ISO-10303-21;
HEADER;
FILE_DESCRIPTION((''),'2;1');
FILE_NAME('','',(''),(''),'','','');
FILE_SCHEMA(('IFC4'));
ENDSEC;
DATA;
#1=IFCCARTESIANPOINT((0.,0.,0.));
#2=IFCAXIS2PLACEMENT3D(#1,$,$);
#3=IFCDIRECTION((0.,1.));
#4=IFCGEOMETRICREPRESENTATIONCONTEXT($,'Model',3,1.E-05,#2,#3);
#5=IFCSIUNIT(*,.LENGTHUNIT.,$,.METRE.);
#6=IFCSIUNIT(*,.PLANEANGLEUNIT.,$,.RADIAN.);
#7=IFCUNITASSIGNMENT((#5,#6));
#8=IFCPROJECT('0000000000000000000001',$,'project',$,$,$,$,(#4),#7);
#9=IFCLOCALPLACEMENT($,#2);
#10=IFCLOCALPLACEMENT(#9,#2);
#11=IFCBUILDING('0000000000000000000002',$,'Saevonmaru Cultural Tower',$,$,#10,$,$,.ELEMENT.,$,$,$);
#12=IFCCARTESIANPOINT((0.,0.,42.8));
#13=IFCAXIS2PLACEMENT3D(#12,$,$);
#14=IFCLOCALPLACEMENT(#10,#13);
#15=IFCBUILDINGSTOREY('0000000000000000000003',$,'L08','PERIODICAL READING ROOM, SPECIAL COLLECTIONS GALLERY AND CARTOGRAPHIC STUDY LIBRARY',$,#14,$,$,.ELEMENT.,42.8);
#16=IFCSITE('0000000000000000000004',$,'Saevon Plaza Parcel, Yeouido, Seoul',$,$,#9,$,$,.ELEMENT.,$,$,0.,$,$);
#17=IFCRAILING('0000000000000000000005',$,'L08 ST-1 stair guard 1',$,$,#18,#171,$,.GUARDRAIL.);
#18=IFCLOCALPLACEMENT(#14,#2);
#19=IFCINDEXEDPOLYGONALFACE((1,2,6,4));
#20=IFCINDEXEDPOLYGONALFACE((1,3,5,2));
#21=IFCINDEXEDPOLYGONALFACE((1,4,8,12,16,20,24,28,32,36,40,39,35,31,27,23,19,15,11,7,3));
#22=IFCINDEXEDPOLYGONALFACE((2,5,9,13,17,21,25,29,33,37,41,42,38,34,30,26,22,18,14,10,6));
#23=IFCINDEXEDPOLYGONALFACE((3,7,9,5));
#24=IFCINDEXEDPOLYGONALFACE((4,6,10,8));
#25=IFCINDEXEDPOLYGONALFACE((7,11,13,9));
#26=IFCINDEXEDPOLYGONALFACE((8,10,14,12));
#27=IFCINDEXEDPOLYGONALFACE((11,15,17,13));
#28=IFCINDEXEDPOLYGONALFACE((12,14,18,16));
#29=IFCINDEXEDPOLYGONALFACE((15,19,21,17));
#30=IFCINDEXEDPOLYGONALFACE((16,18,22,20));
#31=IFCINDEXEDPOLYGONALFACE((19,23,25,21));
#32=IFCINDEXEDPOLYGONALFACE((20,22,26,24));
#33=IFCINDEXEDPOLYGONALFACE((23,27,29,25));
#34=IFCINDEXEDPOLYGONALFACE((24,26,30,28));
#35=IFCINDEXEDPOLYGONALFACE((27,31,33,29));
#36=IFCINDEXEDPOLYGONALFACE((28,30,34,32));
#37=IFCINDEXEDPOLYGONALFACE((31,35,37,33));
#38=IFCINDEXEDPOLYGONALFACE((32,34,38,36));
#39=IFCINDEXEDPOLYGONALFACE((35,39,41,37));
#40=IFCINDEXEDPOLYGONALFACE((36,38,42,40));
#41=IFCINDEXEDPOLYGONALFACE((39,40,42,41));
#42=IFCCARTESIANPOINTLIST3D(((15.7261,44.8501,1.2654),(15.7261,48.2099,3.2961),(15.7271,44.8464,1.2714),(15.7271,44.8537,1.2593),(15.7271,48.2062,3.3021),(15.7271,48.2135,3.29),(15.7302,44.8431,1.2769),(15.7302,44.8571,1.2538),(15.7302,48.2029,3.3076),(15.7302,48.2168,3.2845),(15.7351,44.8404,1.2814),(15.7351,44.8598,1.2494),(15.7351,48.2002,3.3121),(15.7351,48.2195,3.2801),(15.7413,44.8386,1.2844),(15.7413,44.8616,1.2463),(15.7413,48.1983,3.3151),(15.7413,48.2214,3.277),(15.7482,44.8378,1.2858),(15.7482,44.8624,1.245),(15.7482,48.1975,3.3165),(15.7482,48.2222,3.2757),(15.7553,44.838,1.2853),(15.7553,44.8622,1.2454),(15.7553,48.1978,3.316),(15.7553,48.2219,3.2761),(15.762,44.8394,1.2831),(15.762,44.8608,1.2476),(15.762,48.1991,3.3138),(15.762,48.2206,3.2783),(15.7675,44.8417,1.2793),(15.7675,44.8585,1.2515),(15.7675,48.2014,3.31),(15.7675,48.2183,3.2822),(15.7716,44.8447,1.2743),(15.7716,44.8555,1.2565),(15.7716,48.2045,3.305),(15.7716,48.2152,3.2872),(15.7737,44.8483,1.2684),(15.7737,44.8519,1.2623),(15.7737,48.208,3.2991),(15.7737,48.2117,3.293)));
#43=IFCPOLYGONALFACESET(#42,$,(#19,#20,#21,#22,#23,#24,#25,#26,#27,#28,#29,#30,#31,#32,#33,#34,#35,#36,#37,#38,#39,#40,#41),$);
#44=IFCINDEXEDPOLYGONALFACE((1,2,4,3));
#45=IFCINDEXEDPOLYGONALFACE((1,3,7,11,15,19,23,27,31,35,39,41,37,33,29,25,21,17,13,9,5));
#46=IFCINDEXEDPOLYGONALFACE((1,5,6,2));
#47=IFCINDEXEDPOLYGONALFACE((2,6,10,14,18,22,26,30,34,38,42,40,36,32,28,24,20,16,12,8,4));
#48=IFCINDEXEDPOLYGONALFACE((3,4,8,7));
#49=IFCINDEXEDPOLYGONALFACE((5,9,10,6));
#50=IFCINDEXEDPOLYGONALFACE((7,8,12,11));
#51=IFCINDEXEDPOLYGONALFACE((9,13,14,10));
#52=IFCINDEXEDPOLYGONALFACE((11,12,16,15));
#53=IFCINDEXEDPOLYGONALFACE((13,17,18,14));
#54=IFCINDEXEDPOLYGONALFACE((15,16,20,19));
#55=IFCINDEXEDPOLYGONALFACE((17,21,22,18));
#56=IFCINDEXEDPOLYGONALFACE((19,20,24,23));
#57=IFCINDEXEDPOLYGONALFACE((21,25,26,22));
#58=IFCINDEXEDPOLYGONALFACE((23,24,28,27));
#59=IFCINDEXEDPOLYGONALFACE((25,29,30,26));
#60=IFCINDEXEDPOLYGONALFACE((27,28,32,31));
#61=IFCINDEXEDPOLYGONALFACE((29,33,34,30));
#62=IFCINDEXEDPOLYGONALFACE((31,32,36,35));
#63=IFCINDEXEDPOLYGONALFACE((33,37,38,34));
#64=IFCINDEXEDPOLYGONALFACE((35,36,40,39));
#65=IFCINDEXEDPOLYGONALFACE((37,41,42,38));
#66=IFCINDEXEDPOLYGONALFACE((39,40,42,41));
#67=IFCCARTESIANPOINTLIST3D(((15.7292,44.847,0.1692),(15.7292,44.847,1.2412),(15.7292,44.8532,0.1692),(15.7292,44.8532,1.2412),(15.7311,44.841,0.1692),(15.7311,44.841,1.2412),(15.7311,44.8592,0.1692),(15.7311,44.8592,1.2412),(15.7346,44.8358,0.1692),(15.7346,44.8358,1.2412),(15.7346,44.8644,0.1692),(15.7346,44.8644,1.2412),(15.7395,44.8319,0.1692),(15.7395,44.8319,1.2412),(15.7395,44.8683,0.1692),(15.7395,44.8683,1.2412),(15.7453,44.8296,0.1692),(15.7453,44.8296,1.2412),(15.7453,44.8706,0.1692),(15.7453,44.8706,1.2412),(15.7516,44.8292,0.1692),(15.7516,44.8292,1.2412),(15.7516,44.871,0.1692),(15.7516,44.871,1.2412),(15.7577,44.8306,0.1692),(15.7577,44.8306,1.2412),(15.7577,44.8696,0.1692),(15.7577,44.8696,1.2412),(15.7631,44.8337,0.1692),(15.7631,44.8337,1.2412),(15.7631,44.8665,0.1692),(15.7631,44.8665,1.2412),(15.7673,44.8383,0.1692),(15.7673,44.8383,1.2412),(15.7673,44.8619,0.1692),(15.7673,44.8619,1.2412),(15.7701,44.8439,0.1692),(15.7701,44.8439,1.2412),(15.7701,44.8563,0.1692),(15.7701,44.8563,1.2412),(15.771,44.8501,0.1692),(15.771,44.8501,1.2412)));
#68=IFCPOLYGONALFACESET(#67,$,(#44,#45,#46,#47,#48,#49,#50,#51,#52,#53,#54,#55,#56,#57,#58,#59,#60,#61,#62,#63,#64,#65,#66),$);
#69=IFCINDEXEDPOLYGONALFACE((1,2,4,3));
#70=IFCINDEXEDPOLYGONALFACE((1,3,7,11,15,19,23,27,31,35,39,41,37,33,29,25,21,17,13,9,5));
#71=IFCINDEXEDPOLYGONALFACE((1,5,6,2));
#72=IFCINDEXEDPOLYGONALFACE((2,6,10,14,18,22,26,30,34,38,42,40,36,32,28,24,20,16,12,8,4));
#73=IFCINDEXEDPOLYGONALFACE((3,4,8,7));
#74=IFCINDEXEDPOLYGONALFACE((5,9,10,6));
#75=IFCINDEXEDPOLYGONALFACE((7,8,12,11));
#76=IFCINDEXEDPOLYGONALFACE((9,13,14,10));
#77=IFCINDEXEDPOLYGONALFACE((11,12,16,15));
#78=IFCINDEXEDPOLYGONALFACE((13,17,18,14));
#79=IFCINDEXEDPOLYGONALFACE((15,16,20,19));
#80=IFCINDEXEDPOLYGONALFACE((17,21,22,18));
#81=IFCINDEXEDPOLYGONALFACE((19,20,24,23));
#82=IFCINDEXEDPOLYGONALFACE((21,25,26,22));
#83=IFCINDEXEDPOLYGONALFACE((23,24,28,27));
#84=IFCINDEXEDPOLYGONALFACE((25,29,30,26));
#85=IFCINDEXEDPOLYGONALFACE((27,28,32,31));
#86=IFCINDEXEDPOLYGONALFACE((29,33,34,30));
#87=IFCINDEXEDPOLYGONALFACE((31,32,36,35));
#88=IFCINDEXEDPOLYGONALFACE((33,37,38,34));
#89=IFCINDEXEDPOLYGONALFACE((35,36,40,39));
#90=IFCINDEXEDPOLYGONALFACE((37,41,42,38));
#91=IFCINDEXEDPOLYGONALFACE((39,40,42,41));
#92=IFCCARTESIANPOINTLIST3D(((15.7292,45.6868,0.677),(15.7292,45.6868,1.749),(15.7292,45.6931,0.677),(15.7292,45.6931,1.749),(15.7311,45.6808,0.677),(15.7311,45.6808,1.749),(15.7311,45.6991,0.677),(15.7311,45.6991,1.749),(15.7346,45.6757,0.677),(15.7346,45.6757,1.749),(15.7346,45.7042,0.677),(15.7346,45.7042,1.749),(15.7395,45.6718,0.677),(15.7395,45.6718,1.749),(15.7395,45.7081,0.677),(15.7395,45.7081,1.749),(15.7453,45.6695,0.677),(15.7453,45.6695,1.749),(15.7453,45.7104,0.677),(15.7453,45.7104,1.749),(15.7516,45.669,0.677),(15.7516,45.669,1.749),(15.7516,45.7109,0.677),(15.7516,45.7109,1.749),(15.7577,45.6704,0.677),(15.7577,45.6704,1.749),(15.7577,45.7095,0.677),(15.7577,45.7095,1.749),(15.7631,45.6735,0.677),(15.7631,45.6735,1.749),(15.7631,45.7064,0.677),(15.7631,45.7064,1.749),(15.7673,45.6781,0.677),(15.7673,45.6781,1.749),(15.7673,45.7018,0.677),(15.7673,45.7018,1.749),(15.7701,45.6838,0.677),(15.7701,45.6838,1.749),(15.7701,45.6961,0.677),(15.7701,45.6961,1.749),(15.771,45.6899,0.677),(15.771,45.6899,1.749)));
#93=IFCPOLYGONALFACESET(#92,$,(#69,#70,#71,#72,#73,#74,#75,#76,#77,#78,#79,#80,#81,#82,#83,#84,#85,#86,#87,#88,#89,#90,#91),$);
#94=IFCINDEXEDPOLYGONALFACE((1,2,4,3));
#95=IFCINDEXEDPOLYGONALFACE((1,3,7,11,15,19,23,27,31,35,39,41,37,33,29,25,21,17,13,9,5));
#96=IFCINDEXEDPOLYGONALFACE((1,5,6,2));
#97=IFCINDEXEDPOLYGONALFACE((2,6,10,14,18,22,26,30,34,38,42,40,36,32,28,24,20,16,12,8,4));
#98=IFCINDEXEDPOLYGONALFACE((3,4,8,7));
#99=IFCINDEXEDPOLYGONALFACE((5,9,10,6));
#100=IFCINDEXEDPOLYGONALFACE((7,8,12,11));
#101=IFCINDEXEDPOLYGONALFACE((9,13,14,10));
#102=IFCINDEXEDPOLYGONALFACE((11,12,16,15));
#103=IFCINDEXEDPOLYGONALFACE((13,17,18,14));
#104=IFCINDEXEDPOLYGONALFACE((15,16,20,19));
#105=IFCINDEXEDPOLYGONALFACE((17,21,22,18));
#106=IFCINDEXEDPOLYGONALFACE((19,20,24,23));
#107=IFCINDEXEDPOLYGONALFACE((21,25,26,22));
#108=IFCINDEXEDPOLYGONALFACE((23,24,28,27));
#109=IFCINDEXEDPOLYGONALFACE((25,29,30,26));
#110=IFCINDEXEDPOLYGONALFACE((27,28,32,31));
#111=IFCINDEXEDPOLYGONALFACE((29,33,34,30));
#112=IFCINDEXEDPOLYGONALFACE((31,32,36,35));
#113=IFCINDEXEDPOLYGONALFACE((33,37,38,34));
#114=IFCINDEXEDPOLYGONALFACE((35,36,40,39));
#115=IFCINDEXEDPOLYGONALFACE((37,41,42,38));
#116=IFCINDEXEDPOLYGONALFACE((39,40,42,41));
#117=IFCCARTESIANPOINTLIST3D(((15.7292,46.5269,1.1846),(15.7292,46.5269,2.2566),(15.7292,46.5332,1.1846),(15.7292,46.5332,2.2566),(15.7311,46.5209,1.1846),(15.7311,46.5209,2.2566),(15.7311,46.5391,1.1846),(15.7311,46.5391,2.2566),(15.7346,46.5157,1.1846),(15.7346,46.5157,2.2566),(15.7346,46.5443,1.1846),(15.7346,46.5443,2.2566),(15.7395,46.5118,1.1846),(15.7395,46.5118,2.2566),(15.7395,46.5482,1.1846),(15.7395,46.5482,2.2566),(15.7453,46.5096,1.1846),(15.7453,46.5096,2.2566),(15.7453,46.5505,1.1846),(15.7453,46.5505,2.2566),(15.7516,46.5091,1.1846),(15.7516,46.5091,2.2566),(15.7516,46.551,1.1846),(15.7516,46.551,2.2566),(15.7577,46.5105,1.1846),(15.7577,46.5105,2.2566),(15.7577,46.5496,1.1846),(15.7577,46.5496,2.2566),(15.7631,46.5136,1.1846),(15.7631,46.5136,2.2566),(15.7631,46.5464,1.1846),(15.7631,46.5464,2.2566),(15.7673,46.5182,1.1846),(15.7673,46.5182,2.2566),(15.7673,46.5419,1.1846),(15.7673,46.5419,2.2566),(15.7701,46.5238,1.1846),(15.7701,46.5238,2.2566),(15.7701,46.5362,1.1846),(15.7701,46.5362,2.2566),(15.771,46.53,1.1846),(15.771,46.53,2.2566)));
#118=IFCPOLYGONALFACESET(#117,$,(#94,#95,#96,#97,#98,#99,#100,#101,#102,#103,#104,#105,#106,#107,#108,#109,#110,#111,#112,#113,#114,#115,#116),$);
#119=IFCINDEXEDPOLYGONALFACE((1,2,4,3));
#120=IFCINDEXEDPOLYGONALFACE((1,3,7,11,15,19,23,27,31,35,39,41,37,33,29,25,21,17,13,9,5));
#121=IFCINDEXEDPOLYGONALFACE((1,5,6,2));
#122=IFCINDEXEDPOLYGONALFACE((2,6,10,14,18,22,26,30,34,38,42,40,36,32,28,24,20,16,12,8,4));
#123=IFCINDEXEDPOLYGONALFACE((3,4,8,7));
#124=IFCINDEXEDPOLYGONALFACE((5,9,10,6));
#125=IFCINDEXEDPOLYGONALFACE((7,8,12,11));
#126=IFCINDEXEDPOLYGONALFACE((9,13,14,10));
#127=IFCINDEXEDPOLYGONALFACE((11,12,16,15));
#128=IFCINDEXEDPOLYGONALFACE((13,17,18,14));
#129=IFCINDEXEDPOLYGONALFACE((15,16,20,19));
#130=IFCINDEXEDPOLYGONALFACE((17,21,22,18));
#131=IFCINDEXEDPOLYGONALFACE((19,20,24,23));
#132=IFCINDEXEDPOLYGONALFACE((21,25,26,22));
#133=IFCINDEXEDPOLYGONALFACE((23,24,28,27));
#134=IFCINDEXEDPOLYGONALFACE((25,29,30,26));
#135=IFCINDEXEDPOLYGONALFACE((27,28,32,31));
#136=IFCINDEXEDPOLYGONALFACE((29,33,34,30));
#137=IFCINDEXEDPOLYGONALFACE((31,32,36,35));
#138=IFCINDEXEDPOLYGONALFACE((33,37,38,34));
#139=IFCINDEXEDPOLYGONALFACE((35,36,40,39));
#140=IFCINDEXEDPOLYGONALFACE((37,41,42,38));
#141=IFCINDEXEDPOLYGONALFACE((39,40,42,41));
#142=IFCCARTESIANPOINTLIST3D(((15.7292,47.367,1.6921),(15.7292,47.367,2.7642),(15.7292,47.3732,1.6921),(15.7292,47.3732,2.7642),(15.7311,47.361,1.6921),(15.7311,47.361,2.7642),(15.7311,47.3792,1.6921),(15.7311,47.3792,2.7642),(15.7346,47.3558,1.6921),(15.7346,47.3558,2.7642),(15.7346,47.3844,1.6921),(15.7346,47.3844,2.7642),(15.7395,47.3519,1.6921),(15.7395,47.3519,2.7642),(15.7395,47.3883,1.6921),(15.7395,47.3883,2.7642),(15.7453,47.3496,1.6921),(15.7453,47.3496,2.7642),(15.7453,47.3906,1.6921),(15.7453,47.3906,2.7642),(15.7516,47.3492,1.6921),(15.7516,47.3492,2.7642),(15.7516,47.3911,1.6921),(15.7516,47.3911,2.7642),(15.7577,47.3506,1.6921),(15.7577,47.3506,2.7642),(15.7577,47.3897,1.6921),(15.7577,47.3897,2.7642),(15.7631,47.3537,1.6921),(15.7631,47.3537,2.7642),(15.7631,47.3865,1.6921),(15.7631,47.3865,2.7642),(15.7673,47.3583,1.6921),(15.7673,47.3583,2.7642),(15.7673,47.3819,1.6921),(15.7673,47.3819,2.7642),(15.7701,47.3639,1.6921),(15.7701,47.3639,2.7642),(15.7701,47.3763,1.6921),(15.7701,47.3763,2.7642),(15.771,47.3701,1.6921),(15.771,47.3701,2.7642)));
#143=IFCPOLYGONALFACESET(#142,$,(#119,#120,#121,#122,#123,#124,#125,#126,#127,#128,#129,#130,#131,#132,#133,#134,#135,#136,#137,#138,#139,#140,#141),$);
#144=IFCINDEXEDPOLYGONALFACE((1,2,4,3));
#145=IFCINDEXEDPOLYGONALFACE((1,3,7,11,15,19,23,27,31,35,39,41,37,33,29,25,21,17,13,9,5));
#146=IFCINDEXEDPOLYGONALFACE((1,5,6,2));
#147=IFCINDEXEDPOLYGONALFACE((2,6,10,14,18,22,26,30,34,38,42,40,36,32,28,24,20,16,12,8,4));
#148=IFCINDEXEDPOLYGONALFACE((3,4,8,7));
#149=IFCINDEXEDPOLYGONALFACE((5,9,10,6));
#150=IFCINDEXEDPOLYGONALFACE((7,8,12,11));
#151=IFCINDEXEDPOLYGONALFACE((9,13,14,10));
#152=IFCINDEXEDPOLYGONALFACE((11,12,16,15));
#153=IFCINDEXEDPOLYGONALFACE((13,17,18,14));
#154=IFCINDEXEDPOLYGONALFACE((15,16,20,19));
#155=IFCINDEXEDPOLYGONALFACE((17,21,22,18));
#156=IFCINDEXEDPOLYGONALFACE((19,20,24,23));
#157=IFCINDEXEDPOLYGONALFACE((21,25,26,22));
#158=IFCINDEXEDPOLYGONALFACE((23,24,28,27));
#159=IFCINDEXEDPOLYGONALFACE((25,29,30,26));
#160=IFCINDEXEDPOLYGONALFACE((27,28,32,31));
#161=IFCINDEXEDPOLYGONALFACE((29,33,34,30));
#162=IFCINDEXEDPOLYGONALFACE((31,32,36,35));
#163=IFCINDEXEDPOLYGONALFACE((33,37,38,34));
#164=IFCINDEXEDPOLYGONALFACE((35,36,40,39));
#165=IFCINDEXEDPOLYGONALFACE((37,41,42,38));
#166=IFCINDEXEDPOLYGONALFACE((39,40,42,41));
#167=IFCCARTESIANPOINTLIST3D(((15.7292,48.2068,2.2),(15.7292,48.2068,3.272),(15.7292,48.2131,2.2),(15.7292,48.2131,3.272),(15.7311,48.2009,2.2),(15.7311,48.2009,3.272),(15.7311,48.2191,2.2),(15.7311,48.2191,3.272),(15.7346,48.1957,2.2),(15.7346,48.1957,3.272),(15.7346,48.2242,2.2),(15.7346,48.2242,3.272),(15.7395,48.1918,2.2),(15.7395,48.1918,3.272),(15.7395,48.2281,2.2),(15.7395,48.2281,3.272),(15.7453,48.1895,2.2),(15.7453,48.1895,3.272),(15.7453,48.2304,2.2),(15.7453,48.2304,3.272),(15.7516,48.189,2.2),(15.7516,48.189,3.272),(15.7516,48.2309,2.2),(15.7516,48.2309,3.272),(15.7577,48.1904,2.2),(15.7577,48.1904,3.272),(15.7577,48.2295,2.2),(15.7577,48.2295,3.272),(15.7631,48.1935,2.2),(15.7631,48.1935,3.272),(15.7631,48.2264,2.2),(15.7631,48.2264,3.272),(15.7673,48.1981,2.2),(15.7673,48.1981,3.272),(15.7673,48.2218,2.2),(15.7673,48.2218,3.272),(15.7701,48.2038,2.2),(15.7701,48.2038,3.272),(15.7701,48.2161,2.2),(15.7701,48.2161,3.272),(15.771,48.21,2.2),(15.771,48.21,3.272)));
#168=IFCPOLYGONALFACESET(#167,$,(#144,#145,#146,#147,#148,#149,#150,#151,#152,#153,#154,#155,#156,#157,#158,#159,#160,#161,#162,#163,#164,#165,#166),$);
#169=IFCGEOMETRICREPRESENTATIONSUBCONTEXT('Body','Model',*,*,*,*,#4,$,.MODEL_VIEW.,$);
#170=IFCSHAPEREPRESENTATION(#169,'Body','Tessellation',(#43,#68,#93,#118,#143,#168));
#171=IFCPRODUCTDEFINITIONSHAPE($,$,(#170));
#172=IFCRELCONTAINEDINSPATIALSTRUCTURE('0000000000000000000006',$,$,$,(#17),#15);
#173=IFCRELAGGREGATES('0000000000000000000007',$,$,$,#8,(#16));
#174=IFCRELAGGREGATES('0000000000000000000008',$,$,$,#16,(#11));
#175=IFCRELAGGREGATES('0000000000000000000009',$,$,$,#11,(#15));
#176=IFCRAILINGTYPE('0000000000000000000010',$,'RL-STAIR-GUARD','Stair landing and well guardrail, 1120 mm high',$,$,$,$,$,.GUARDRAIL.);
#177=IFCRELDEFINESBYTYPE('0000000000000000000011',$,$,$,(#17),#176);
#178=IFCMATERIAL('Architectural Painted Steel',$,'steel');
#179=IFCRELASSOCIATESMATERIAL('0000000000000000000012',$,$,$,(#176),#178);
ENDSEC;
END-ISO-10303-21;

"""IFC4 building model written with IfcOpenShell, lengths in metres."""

from ifc_helpers import new_model, si_unit, direction, frame, origin, origin_2d, place, context, subcontext, project, spatial, circle, extrude, material, type_object, element, save


model = new_model("IFC4")

# Units and contexts
model_context = context("Model", 3, precision=1e-05, world=origin(), true_north=direction((0.0, 1.0)))
body_context = subcontext(model_context, "Body", "Model", "MODEL_VIEW")
ifc_project = project(units=[si_unit("LENGTHUNIT", "METRE"), si_unit("PLANEANGLEUNIT", "RADIAN")], contexts=[model_context])

# Site, building, storey
site_placement = place(None, origin())
site = spatial("IfcSite", under=ifc_project, at=site_placement, Name="Saevon Plaza Parcel, Yeouido, Seoul", CompositionType="ELEMENT", RefElevation=0.0)
building_placement = place(site_placement, origin())
building = spatial("IfcBuilding", under=site, at=building_placement, Name="Saevonmaru Cultural Tower", CompositionType="ELEMENT")
storey_placement = place(building_placement, frame((0.0, 0.0, 42.8)))
storey = spatial("IfcBuildingStorey", under=building, at=storey_placement, Name="L08", Description="PERIODICAL READING ROOM, SPECIAL COLLECTIONS GALLERY AND CARTOGRAPHIC STUDY LIBRARY", CompositionType="ELEMENT", Elevation=42.8)

# Railing
ifc_material_1 = material(Name="Architectural Painted Steel", Category="steel")
railing_type_1 = type_object("IfcRailingType", Name="RL-STAIR-GUARD", Description="Stair landing and well guardrail, 1120 mm high", PredefinedType="GUARDRAIL", material=ifc_material_1)
railing_1_placement = place(storey_placement, frame((15.75, 44.8501, 0.1692)))
element("IfcRailing", 1, at=railing_1_placement, inside=storey, type_object=railing_type_1, Name="L08 ST-1 stair guard 1", PredefinedType="GUARDRAIL", context=body_context, shape_type="SweptSolid", body=[
    extrude(circle(Radius=0.0239, at=origin_2d()), frame((0.0, 0.0, 1.0962), z_axis=(0.0, 0.85582, 0.517273), x_axis=(-1.0, 0.0, 0.0)), (0.0, 0.0, 1.0), 3.9258),
    extrude(circle(Radius=0.021, at=origin_2d()), origin(), (0.0, 0.0, 1.0), 1.072),
    extrude(circle(Radius=0.021, at=origin_2d()), frame((0.0, 0.8398, 0.5078)), (0.0, 0.0, 1.0), 1.072),
    extrude(circle(Radius=0.021, at=origin_2d()), frame((0.0, 1.6799, 1.0154)), (0.0, 0.0, 1.0), 1.072),
    extrude(circle(Radius=0.021, at=origin_2d()), frame((0.0, 2.52, 1.5229)), (0.0, 0.0, 1.0), 1.072),
    extrude(circle(Radius=0.021, at=origin_2d()), frame((0.0, 3.3599, 2.0308)), (0.0, 0.0, 1.0), 1.072),
])

save(model, "model.ifc")
